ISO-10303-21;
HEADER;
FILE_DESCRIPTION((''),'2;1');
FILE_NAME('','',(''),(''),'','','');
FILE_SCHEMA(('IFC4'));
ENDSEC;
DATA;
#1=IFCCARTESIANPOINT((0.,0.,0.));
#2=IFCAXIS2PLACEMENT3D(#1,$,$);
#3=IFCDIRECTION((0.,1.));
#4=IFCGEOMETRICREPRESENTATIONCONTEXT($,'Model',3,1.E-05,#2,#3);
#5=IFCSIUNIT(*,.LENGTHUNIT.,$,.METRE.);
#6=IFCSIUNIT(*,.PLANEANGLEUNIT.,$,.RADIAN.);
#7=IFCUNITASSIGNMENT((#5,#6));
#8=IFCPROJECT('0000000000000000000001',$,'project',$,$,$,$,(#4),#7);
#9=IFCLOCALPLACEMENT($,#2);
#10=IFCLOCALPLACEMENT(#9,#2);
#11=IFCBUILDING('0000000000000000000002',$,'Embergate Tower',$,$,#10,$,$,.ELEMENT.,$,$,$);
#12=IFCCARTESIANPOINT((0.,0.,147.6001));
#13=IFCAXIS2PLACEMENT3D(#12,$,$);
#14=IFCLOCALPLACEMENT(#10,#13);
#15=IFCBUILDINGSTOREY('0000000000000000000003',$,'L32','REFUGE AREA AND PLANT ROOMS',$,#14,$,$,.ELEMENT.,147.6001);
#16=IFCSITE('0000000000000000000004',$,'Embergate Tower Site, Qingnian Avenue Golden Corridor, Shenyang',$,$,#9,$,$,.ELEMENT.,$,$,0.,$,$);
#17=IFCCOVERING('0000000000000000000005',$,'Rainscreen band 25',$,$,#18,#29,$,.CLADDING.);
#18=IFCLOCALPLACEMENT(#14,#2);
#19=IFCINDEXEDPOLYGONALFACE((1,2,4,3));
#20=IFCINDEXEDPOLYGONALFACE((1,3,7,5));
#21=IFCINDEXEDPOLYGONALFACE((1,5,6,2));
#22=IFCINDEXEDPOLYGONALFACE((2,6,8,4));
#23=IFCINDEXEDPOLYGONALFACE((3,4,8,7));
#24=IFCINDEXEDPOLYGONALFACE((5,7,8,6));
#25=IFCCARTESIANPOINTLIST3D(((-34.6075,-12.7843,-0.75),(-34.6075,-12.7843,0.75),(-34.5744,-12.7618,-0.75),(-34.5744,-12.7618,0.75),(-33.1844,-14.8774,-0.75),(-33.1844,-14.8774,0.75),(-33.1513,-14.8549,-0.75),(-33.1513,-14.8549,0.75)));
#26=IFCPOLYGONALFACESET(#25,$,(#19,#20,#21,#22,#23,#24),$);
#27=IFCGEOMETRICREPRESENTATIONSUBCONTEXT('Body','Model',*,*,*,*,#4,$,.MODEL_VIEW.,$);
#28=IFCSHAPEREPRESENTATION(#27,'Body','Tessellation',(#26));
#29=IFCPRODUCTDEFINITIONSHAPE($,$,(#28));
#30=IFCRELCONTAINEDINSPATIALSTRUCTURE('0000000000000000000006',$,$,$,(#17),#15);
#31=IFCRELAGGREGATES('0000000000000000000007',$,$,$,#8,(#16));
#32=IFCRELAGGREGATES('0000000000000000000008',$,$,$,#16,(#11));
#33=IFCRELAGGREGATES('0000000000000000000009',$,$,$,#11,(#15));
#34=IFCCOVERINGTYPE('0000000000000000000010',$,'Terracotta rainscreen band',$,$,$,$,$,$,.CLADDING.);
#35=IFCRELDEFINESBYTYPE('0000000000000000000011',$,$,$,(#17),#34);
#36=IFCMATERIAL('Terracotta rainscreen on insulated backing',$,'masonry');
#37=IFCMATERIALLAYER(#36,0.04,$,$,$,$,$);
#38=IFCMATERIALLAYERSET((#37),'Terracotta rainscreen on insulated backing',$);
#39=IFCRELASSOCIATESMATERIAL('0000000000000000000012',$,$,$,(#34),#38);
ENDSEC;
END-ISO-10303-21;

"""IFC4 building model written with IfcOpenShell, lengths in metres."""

from ifc_helpers import new_model, si_unit, direction, frame, origin, origin_2d, place, context, subcontext, project, spatial, rectangle, extrude, source, transform, mapped, material, layer, layer_set, type_object, element, save


model = new_model("IFC4")

# Units and contexts
model_context = context("Model", 3, precision=1e-05, world=origin(), true_north=direction((0.0, 1.0)))
body_context = subcontext(model_context, "Body", "Model", "MODEL_VIEW")
ifc_project = project(units=[si_unit("LENGTHUNIT", "METRE"), si_unit("PLANEANGLEUNIT", "RADIAN")], contexts=[model_context])

# Site, building, storey
site_placement = place(None, origin())
site = spatial("IfcSite", under=ifc_project, at=site_placement, Name="Embergate Tower Site, Qingnian Avenue Golden Corridor, Shenyang", CompositionType="ELEMENT", RefElevation=0.0)
building_placement = place(site_placement, origin())
building = spatial("IfcBuilding", under=site, at=building_placement, Name="Embergate Tower", CompositionType="ELEMENT")
storey_placement = place(building_placement, frame((0.0, 0.0, 147.6001)))
storey = spatial("IfcBuildingStorey", under=building, at=storey_placement, Name="L32", Description="REFUGE AREA AND PLANT ROOMS", CompositionType="ELEMENT", Elevation=147.6001)

# Covering
ifc_material_1 = material(Name="Terracotta rainscreen on insulated backing", Category="masonry")
ifc_layer_1 = layer(ifc_material_1, 0.04)
ifc_layer_set_1 = layer_set([ifc_layer_1], Name="Terracotta rainscreen on insulated backing")
covering_type = type_object("IfcCoveringType", Name="Terracotta rainscreen band", PredefinedType="CLADDING", material=ifc_layer_set_1)
shared_shape_1 = source(origin(), body_context, "Body", "SweptSolid", [
    extrude(rectangle(XDim=2.531, YDim=0.04, at=origin_2d()), origin(), (0.0, 0.0, 1.0), 1.5),
])
covering_1_placement = place(storey_placement, frame((-33.8794, -13.8196, -0.75), z_axis=(0.0, 0.0, 1.0), x_axis=(0.562245, -0.826971, 0.0)))
element("IfcCovering", 1, at=covering_1_placement, inside=storey, type_object=covering_type, Name="Rainscreen band 25", PredefinedType="CLADDING", context=body_context, shape_type="MappedRepresentation", body=[
    mapped(shared_shape_1, transform((0.0, 0.0, 0.0))),
])

save(model, "model.ifc")
